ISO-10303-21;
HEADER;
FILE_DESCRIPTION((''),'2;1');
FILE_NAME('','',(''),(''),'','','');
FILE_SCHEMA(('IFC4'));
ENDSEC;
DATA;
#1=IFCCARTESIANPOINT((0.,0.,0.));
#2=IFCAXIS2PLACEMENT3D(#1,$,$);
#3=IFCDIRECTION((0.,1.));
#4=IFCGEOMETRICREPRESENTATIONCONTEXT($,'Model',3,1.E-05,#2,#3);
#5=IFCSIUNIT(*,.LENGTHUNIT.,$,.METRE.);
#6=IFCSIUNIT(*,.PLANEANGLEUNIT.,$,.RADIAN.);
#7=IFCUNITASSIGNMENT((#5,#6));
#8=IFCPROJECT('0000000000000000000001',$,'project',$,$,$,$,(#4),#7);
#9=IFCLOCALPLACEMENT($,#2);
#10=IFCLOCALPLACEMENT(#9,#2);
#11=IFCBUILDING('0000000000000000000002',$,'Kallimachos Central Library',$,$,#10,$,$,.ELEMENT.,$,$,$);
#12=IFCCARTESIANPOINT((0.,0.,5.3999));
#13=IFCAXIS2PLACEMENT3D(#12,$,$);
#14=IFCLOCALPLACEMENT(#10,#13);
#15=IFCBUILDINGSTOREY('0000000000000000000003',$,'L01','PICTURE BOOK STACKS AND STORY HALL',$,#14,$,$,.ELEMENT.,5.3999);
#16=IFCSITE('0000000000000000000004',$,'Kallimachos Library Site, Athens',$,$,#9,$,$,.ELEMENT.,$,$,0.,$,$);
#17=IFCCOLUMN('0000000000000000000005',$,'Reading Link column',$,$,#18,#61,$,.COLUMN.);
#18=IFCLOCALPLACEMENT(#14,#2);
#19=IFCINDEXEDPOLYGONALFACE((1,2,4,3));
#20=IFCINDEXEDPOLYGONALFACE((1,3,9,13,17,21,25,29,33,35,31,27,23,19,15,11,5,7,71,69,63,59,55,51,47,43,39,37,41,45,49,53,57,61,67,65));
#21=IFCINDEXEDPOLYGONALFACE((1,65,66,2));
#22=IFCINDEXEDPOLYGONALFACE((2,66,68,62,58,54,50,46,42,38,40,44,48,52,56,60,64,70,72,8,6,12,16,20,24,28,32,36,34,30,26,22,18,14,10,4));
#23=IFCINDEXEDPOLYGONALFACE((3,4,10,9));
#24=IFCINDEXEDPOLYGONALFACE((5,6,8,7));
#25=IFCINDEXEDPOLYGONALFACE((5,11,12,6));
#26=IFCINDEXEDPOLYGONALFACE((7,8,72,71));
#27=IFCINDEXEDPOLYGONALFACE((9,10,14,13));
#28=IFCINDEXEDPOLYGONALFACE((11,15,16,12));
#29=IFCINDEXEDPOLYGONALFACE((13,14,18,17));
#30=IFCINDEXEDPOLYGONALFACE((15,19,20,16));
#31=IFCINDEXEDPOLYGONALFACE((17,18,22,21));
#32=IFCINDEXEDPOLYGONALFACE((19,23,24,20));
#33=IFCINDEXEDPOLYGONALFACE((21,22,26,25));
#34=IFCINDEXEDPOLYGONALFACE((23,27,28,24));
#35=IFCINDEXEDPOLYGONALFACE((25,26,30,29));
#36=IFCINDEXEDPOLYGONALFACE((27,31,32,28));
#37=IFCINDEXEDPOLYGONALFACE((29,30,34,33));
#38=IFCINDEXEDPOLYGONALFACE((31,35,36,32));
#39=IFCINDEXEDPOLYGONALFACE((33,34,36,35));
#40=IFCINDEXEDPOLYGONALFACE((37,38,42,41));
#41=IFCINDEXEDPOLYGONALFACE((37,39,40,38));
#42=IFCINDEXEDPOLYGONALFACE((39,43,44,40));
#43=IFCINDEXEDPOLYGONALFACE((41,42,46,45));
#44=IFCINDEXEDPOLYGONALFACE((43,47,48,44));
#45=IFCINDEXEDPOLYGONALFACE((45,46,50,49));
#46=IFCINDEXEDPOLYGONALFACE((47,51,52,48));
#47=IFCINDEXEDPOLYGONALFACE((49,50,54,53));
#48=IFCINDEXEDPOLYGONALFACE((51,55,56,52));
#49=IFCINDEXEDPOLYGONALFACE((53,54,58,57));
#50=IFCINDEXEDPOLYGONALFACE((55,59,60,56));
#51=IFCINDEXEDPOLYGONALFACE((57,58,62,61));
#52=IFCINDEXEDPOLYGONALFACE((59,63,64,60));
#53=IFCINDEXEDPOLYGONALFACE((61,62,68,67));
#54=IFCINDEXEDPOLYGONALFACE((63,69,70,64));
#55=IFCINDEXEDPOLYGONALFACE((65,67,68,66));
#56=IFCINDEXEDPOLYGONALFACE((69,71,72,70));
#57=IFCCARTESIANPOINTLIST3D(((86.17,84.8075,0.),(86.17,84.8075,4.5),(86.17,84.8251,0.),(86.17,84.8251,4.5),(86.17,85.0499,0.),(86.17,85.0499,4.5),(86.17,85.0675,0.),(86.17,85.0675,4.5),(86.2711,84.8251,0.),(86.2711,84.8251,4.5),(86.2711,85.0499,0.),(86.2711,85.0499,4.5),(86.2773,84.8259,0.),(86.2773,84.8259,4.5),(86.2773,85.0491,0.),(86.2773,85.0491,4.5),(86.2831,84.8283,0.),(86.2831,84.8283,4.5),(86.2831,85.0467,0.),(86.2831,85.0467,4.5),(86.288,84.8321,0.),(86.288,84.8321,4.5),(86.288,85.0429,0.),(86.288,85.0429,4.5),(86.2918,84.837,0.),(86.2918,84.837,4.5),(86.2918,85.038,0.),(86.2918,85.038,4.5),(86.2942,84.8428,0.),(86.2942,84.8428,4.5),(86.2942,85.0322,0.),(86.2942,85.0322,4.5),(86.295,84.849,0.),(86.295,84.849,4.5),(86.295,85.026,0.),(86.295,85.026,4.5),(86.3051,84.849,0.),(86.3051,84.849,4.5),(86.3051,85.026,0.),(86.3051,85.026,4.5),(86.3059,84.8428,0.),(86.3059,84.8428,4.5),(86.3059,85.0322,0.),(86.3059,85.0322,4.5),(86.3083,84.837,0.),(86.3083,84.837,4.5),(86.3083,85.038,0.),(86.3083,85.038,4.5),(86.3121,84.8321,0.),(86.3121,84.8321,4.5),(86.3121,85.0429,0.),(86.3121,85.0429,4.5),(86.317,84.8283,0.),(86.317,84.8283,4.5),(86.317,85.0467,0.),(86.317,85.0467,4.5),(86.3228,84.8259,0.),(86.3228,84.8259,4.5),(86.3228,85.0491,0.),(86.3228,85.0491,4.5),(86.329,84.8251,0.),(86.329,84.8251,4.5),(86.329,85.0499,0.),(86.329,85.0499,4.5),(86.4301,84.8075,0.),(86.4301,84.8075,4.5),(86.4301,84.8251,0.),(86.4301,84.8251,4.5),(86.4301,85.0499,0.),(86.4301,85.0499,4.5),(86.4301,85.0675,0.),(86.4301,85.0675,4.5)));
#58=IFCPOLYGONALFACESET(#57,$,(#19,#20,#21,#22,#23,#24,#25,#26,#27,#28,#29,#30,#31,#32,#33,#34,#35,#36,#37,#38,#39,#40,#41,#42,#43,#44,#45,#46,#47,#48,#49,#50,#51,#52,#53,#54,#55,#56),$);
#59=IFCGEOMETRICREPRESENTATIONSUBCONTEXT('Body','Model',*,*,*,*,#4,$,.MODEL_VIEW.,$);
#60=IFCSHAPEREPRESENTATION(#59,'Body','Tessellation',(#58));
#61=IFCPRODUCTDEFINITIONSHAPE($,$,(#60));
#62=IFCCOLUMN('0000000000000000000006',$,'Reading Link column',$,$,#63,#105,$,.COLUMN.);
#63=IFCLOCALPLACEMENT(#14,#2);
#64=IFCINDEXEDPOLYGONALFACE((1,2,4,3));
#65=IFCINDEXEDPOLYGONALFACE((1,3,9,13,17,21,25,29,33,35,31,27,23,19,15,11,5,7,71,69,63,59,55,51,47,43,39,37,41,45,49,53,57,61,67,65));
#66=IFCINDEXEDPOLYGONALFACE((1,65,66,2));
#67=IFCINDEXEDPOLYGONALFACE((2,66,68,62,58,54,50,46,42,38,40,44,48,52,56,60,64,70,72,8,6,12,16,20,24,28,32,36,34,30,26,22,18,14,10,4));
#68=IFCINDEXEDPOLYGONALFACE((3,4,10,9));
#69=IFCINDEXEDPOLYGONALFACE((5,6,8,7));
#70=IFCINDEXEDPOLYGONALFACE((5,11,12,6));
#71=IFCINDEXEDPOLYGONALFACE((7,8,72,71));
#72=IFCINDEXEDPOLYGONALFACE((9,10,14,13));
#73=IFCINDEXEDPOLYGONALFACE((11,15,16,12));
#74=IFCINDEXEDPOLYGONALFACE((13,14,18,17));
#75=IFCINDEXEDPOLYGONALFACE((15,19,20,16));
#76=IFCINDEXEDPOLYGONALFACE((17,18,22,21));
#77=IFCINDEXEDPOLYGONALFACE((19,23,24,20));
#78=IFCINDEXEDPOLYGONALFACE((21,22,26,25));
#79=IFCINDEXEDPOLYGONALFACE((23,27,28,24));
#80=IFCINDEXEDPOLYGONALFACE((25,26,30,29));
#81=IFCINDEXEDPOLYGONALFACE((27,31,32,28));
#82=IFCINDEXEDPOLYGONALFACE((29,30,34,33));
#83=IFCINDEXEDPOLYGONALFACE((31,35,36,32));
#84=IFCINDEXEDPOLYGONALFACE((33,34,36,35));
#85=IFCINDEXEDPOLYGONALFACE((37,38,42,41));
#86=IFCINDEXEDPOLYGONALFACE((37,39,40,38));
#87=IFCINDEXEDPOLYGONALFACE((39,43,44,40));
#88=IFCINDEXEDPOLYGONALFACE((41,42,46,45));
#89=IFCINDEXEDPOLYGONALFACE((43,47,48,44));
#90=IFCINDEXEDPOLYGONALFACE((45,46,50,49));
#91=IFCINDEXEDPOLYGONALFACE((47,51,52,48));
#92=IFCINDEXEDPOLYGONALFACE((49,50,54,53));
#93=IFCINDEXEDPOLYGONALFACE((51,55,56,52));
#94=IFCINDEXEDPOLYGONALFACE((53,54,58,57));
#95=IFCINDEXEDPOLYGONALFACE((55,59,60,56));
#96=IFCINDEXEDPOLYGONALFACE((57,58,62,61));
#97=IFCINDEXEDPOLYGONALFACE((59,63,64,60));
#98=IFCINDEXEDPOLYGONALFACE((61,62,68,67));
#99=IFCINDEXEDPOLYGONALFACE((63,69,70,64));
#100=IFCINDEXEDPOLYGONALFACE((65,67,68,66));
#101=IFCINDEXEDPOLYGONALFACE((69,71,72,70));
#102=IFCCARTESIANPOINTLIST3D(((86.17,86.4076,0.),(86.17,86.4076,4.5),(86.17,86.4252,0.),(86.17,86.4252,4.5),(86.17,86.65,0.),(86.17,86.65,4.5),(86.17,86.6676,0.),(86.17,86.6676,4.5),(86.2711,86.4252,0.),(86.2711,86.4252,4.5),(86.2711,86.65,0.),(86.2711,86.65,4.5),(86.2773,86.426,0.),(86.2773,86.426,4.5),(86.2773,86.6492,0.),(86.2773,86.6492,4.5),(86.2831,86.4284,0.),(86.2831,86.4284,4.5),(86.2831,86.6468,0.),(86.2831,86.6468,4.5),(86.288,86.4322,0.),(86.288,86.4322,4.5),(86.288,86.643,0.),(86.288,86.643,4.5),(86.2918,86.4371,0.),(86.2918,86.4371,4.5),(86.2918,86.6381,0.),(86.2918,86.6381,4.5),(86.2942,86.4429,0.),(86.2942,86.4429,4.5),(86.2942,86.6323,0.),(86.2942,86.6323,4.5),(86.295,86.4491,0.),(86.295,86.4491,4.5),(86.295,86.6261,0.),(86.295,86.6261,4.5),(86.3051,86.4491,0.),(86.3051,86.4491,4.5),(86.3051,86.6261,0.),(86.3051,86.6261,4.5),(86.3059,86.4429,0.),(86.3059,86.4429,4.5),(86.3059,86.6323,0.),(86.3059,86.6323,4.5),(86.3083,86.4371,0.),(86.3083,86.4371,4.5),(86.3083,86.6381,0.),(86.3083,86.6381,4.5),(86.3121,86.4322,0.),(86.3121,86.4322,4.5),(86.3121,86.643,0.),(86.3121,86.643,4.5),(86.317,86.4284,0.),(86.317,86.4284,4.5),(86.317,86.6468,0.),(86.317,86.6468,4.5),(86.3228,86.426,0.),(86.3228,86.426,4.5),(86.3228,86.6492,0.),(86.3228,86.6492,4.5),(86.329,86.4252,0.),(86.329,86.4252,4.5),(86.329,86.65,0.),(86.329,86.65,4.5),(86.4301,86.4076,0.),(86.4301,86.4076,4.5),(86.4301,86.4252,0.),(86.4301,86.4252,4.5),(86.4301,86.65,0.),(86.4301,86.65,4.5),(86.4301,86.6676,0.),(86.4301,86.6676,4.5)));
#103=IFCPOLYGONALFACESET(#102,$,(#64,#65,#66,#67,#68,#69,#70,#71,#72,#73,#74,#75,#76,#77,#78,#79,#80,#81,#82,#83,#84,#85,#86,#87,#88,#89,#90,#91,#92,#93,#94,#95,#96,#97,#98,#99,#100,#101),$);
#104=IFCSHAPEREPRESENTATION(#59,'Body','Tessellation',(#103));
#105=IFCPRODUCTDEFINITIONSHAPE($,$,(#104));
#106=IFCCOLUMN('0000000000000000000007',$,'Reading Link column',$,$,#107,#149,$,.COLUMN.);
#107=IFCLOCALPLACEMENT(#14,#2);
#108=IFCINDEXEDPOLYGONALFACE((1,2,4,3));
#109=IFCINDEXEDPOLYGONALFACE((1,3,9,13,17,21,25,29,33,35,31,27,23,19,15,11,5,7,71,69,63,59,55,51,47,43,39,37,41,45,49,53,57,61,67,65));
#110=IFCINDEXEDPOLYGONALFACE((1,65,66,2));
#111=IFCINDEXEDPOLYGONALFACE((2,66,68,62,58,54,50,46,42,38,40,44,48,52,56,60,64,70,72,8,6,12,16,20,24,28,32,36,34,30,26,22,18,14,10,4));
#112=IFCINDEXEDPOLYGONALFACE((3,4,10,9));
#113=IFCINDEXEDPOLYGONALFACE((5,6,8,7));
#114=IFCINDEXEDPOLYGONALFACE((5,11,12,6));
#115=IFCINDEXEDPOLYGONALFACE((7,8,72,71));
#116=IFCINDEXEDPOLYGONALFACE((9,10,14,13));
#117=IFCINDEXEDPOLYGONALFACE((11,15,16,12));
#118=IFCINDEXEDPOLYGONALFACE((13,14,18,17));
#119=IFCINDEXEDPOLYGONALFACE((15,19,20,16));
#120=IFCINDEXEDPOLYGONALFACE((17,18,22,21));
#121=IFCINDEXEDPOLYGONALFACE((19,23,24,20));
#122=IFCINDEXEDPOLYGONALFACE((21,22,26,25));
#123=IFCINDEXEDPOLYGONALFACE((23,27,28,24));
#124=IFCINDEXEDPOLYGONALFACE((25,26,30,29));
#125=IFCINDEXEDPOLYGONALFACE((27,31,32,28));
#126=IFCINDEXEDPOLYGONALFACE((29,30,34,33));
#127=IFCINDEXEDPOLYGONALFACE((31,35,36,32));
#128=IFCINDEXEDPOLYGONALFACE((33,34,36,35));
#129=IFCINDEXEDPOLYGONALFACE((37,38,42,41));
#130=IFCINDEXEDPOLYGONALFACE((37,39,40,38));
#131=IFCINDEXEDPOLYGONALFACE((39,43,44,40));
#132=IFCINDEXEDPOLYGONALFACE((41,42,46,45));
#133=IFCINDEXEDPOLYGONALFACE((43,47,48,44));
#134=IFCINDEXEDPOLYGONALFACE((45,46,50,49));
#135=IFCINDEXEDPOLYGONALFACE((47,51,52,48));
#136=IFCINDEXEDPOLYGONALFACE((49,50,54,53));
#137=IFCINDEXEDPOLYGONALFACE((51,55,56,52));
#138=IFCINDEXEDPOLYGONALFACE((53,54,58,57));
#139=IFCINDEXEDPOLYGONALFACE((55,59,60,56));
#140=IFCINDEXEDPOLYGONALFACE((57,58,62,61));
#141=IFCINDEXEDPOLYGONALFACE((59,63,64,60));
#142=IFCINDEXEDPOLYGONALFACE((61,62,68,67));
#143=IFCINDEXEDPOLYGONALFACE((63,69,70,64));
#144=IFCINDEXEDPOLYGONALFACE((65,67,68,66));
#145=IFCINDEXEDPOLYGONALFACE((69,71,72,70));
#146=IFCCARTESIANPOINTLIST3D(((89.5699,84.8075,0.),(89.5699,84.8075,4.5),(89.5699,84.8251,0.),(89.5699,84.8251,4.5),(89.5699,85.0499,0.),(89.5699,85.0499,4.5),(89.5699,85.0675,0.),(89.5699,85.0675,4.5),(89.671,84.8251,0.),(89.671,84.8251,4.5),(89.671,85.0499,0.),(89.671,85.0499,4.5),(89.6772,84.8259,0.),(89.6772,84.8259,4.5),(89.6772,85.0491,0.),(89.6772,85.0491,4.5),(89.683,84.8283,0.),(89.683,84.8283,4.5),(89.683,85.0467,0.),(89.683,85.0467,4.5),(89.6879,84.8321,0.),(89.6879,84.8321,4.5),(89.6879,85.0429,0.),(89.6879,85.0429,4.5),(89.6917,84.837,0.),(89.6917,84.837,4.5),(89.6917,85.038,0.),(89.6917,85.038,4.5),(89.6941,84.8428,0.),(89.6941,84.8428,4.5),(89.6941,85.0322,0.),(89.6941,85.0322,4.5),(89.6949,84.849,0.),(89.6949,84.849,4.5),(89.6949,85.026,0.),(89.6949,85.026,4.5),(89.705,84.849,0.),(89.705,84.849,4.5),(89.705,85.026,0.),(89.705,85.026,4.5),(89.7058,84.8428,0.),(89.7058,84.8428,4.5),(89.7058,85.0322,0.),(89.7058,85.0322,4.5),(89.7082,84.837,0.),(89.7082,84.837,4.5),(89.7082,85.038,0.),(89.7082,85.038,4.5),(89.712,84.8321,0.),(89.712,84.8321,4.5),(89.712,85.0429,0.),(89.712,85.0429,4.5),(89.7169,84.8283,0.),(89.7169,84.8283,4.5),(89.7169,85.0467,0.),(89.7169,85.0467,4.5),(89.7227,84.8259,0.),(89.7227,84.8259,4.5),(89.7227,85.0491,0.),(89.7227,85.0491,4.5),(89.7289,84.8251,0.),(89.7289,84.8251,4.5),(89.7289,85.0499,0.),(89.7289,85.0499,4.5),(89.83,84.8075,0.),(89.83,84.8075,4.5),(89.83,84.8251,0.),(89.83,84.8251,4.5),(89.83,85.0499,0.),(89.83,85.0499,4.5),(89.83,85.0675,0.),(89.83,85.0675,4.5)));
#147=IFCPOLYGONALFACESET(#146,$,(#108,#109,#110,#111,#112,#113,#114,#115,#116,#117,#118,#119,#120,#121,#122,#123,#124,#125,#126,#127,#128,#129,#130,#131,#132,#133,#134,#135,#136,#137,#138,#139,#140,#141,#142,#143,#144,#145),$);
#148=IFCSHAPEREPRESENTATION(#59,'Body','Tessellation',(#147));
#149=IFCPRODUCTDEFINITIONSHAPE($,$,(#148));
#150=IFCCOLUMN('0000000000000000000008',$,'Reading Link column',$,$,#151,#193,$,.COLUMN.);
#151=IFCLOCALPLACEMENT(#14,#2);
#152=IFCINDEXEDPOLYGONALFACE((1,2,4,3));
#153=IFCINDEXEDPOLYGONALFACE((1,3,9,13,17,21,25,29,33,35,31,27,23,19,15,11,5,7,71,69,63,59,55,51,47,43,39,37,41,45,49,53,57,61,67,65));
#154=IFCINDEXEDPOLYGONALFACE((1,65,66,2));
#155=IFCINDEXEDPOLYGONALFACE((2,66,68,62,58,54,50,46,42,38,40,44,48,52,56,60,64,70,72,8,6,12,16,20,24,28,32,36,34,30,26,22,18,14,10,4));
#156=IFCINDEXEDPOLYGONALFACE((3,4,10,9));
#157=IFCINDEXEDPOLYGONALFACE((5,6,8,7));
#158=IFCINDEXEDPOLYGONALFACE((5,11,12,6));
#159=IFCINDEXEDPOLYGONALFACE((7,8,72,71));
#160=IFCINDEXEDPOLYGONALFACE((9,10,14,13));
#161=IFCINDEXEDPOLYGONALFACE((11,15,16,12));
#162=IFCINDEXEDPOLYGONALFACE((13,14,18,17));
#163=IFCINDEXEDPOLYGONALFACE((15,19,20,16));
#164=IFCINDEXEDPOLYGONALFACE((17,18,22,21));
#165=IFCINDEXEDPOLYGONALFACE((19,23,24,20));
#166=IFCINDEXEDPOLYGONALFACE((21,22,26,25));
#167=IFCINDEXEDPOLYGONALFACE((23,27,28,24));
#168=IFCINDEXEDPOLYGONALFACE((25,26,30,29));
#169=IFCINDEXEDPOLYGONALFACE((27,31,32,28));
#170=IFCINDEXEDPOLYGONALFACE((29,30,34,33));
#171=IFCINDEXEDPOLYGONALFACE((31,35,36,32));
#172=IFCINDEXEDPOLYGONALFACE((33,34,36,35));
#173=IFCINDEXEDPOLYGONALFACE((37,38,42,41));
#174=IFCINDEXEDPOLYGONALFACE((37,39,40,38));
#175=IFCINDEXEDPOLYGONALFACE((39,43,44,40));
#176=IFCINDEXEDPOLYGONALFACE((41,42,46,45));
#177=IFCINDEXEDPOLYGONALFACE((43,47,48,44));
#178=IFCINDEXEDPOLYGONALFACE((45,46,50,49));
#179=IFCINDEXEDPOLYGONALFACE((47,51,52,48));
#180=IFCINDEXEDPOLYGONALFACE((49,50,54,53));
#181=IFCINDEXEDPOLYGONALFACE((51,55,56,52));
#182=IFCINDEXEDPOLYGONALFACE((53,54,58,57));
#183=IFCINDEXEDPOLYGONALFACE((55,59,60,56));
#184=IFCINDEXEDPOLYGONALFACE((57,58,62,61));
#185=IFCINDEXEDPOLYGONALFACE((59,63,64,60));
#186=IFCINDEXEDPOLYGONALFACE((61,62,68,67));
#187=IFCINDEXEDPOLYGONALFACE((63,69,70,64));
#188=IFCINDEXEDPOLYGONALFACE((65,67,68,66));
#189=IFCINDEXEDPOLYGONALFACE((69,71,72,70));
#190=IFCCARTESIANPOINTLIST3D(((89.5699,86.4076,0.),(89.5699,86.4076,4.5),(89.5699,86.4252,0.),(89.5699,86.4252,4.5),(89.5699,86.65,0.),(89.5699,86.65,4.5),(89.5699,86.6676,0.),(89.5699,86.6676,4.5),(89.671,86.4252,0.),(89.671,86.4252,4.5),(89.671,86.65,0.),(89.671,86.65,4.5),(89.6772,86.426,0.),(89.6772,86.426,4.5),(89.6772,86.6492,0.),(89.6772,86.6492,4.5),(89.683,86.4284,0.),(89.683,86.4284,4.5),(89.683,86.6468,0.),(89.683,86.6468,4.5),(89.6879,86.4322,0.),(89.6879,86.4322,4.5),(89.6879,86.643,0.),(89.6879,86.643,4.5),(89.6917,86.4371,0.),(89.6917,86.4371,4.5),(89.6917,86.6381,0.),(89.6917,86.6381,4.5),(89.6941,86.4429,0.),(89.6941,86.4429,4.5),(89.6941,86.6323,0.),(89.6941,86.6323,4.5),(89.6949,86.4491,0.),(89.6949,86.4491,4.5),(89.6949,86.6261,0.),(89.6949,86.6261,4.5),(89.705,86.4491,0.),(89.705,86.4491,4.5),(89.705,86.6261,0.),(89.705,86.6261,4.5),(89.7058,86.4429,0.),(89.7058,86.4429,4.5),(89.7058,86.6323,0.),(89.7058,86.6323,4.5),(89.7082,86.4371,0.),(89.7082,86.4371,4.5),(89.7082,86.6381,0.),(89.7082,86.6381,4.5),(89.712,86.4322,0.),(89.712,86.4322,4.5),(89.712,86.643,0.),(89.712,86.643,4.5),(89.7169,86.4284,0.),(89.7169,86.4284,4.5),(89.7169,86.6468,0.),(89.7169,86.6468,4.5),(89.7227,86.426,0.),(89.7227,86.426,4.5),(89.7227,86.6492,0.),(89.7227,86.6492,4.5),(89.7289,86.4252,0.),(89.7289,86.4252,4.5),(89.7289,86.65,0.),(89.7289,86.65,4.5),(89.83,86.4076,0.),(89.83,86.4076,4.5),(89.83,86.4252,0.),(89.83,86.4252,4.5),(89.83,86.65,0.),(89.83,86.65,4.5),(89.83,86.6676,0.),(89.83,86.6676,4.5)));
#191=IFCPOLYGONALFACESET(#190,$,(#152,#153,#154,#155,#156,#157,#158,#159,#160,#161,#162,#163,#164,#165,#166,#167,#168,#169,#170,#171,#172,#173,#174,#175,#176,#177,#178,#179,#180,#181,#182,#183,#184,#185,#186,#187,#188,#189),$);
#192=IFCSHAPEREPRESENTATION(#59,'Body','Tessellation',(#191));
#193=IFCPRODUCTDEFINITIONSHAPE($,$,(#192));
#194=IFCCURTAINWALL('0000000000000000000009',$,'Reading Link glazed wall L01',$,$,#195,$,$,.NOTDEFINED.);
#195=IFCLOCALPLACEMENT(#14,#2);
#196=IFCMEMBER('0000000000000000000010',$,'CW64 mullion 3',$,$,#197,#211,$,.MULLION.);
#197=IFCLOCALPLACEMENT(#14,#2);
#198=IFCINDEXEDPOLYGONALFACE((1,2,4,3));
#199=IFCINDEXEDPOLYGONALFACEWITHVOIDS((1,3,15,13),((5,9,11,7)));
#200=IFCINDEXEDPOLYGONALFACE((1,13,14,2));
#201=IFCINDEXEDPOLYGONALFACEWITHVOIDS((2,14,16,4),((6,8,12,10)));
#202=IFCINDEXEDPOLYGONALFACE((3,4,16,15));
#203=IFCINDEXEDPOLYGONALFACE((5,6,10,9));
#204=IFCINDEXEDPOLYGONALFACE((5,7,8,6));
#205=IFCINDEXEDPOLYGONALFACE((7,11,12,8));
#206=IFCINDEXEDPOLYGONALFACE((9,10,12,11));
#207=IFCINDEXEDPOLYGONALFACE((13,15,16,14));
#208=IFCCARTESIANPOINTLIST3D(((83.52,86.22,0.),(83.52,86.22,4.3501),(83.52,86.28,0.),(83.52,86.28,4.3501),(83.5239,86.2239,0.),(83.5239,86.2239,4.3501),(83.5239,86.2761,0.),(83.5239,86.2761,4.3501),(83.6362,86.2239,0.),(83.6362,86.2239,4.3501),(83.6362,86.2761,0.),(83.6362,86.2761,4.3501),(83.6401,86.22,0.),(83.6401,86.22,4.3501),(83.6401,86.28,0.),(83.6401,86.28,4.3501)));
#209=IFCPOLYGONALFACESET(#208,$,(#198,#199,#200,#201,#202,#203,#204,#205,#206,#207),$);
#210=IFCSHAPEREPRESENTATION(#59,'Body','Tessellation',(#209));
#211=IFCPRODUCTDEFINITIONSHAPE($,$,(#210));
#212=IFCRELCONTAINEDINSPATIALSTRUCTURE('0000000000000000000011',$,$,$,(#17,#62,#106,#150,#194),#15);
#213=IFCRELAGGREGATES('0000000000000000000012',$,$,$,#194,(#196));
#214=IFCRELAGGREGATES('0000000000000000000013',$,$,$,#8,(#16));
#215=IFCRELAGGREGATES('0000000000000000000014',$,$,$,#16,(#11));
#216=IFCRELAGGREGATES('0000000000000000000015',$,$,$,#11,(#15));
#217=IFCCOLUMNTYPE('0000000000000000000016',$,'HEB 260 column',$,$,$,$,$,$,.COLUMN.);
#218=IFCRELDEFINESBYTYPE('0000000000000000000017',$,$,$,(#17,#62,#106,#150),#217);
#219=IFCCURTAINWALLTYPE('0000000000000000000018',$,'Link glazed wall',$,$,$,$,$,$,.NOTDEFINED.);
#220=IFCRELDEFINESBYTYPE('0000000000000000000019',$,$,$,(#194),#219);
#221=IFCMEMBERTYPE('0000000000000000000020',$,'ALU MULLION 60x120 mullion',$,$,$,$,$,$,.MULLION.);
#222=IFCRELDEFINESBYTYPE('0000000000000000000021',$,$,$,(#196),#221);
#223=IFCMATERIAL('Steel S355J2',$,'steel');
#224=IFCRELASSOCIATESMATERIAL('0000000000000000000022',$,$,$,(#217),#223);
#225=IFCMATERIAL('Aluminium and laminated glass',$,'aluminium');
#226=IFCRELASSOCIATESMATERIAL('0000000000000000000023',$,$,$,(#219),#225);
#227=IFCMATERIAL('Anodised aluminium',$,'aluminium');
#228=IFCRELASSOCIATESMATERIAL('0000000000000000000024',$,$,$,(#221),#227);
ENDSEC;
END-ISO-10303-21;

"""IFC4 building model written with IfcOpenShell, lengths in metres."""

from ifc_helpers import new_model, si_unit, direction, frame, origin, origin_2d, place, context, subcontext, project, spatial, hollow_rectangle, i_section, extrude, material, material_profile, profile_set, type_object, element, aggregate, save


model = new_model("IFC4")

# Units and contexts
model_context = context("Model", 3, precision=1e-05, world=origin(), true_north=direction((0.0, 1.0)))
body_context = subcontext(model_context, "Body", "Model", "MODEL_VIEW")
ifc_project = project(units=[si_unit("LENGTHUNIT", "METRE"), si_unit("PLANEANGLEUNIT", "RADIAN")], contexts=[model_context])

# Site, building, storey
site_placement = place(None, origin())
site = spatial("IfcSite", under=ifc_project, at=site_placement, Name="Kallimachos Library Site, Athens", CompositionType="ELEMENT", RefElevation=0.0)
building_placement = place(site_placement, origin())
building = spatial("IfcBuilding", under=site, at=building_placement, Name="Kallimachos Central Library", CompositionType="ELEMENT")
storey_placement = place(building_placement, frame((0.0, 0.0, 5.3999)))
storey = spatial("IfcBuildingStorey", under=building, at=storey_placement, Name="L01", Description="PICTURE BOOK STACKS AND STORY HALL", CompositionType="ELEMENT", Elevation=5.3999)

# Columns
ifc_material_1 = material(Name="Steel S355J2", Category="steel")
ifc_material_profile_1 = material_profile(ifc_material_1, i_section(OverallWidth=0.26, OverallDepth=0.26, WebThickness=0.01, FlangeThickness=0.0176, FilletRadius=0.0239, at=origin_2d()), Name="HEB 260")
ifc_profile_set_1 = profile_set([ifc_material_profile_1], Name="Steel S355J2")
column_type = type_object("IfcColumnType", Name="HEB 260 column", PredefinedType="COLUMN", material=ifc_profile_set_1)
for number, where, z_axis, x_axis, name in (
    (1, (86.3, 84.9375, 0.0), (0.0, 0.0, 1.0), (1.0, 0.0, 0.0), "Reading Link column"),
    (2, (86.3, 86.5376, 0.0), (0.0, 0.0, 1.0), (1.0, 0.0, 0.0), "Reading Link column"),
    (3, (89.7, 84.9375, 0.0), (0.0, 0.0, 1.0), (1.0, 0.0, 0.0), "Reading Link column"),
    (4, (89.7, 86.5376, 0.0), (0.0, 0.0, 1.0), (1.0, 0.0, 0.0), "Reading Link column"),
):
    element("IfcColumn", number, at=place(storey_placement, frame(where, z_axis=z_axis, x_axis=x_axis)), inside=storey, type_object=column_type, Name=name, PredefinedType="COLUMN", context=body_context, shape_type="SweptSolid", body=[
        extrude(i_section(OverallWidth=0.26, OverallDepth=0.26, WebThickness=0.01, FlangeThickness=0.0176, FilletRadius=0.0239, at=origin_2d()), origin(), (0.0, 0.0, 1.0), 4.5),
    ])

# Curtain wall, member
ifc_material_2 = material(Name="Aluminium and laminated glass", Category="aluminium")
curtain_wall_type = type_object("IfcCurtainWallType", Name="Link glazed wall", PredefinedType="NOTDEFINED", material=ifc_material_2)
curtain_wall_placement = place(storey_placement, origin())
curtain_wall = element("IfcCurtainWall", 5, at=curtain_wall_placement, inside=storey, type_object=curtain_wall_type, Name="Reading Link glazed wall L01", PredefinedType="NOTDEFINED")
ifc_material_3 = material(Name="Anodised aluminium", Category="aluminium")
ifc_material_profile_2 = material_profile(ifc_material_3, hollow_rectangle(XDim=0.0601, YDim=0.1201, WallThickness=0.0039, at=origin_2d()), Name="ALU MULLION 60x120")
ifc_profile_set_2 = profile_set([ifc_material_profile_2], Name="Anodised aluminium")
member_type_1 = type_object("IfcMemberType", Name="ALU MULLION 60x120 mullion", PredefinedType="MULLION", material=ifc_profile_set_2)
member_1_placement = place(storey_placement, frame((83.5801, 86.25, 0.0), z_axis=(0.0, 0.0, 1.0), x_axis=(0.0, 1.0, 0.0)))
member_1 = element("IfcMember", 6, at=member_1_placement, type_object=member_type_1, Name="CW64 mullion 3", PredefinedType="MULLION", context=body_context, shape_type="SweptSolid", body=[
    extrude(hollow_rectangle(XDim=0.0601, YDim=0.1201, WallThickness=0.0039, at=origin_2d()), origin(), (0.0, 0.0, 1.0), 4.3501),
])

aggregate(curtain_wall, [member_1])

save(model, "model.ifc")
